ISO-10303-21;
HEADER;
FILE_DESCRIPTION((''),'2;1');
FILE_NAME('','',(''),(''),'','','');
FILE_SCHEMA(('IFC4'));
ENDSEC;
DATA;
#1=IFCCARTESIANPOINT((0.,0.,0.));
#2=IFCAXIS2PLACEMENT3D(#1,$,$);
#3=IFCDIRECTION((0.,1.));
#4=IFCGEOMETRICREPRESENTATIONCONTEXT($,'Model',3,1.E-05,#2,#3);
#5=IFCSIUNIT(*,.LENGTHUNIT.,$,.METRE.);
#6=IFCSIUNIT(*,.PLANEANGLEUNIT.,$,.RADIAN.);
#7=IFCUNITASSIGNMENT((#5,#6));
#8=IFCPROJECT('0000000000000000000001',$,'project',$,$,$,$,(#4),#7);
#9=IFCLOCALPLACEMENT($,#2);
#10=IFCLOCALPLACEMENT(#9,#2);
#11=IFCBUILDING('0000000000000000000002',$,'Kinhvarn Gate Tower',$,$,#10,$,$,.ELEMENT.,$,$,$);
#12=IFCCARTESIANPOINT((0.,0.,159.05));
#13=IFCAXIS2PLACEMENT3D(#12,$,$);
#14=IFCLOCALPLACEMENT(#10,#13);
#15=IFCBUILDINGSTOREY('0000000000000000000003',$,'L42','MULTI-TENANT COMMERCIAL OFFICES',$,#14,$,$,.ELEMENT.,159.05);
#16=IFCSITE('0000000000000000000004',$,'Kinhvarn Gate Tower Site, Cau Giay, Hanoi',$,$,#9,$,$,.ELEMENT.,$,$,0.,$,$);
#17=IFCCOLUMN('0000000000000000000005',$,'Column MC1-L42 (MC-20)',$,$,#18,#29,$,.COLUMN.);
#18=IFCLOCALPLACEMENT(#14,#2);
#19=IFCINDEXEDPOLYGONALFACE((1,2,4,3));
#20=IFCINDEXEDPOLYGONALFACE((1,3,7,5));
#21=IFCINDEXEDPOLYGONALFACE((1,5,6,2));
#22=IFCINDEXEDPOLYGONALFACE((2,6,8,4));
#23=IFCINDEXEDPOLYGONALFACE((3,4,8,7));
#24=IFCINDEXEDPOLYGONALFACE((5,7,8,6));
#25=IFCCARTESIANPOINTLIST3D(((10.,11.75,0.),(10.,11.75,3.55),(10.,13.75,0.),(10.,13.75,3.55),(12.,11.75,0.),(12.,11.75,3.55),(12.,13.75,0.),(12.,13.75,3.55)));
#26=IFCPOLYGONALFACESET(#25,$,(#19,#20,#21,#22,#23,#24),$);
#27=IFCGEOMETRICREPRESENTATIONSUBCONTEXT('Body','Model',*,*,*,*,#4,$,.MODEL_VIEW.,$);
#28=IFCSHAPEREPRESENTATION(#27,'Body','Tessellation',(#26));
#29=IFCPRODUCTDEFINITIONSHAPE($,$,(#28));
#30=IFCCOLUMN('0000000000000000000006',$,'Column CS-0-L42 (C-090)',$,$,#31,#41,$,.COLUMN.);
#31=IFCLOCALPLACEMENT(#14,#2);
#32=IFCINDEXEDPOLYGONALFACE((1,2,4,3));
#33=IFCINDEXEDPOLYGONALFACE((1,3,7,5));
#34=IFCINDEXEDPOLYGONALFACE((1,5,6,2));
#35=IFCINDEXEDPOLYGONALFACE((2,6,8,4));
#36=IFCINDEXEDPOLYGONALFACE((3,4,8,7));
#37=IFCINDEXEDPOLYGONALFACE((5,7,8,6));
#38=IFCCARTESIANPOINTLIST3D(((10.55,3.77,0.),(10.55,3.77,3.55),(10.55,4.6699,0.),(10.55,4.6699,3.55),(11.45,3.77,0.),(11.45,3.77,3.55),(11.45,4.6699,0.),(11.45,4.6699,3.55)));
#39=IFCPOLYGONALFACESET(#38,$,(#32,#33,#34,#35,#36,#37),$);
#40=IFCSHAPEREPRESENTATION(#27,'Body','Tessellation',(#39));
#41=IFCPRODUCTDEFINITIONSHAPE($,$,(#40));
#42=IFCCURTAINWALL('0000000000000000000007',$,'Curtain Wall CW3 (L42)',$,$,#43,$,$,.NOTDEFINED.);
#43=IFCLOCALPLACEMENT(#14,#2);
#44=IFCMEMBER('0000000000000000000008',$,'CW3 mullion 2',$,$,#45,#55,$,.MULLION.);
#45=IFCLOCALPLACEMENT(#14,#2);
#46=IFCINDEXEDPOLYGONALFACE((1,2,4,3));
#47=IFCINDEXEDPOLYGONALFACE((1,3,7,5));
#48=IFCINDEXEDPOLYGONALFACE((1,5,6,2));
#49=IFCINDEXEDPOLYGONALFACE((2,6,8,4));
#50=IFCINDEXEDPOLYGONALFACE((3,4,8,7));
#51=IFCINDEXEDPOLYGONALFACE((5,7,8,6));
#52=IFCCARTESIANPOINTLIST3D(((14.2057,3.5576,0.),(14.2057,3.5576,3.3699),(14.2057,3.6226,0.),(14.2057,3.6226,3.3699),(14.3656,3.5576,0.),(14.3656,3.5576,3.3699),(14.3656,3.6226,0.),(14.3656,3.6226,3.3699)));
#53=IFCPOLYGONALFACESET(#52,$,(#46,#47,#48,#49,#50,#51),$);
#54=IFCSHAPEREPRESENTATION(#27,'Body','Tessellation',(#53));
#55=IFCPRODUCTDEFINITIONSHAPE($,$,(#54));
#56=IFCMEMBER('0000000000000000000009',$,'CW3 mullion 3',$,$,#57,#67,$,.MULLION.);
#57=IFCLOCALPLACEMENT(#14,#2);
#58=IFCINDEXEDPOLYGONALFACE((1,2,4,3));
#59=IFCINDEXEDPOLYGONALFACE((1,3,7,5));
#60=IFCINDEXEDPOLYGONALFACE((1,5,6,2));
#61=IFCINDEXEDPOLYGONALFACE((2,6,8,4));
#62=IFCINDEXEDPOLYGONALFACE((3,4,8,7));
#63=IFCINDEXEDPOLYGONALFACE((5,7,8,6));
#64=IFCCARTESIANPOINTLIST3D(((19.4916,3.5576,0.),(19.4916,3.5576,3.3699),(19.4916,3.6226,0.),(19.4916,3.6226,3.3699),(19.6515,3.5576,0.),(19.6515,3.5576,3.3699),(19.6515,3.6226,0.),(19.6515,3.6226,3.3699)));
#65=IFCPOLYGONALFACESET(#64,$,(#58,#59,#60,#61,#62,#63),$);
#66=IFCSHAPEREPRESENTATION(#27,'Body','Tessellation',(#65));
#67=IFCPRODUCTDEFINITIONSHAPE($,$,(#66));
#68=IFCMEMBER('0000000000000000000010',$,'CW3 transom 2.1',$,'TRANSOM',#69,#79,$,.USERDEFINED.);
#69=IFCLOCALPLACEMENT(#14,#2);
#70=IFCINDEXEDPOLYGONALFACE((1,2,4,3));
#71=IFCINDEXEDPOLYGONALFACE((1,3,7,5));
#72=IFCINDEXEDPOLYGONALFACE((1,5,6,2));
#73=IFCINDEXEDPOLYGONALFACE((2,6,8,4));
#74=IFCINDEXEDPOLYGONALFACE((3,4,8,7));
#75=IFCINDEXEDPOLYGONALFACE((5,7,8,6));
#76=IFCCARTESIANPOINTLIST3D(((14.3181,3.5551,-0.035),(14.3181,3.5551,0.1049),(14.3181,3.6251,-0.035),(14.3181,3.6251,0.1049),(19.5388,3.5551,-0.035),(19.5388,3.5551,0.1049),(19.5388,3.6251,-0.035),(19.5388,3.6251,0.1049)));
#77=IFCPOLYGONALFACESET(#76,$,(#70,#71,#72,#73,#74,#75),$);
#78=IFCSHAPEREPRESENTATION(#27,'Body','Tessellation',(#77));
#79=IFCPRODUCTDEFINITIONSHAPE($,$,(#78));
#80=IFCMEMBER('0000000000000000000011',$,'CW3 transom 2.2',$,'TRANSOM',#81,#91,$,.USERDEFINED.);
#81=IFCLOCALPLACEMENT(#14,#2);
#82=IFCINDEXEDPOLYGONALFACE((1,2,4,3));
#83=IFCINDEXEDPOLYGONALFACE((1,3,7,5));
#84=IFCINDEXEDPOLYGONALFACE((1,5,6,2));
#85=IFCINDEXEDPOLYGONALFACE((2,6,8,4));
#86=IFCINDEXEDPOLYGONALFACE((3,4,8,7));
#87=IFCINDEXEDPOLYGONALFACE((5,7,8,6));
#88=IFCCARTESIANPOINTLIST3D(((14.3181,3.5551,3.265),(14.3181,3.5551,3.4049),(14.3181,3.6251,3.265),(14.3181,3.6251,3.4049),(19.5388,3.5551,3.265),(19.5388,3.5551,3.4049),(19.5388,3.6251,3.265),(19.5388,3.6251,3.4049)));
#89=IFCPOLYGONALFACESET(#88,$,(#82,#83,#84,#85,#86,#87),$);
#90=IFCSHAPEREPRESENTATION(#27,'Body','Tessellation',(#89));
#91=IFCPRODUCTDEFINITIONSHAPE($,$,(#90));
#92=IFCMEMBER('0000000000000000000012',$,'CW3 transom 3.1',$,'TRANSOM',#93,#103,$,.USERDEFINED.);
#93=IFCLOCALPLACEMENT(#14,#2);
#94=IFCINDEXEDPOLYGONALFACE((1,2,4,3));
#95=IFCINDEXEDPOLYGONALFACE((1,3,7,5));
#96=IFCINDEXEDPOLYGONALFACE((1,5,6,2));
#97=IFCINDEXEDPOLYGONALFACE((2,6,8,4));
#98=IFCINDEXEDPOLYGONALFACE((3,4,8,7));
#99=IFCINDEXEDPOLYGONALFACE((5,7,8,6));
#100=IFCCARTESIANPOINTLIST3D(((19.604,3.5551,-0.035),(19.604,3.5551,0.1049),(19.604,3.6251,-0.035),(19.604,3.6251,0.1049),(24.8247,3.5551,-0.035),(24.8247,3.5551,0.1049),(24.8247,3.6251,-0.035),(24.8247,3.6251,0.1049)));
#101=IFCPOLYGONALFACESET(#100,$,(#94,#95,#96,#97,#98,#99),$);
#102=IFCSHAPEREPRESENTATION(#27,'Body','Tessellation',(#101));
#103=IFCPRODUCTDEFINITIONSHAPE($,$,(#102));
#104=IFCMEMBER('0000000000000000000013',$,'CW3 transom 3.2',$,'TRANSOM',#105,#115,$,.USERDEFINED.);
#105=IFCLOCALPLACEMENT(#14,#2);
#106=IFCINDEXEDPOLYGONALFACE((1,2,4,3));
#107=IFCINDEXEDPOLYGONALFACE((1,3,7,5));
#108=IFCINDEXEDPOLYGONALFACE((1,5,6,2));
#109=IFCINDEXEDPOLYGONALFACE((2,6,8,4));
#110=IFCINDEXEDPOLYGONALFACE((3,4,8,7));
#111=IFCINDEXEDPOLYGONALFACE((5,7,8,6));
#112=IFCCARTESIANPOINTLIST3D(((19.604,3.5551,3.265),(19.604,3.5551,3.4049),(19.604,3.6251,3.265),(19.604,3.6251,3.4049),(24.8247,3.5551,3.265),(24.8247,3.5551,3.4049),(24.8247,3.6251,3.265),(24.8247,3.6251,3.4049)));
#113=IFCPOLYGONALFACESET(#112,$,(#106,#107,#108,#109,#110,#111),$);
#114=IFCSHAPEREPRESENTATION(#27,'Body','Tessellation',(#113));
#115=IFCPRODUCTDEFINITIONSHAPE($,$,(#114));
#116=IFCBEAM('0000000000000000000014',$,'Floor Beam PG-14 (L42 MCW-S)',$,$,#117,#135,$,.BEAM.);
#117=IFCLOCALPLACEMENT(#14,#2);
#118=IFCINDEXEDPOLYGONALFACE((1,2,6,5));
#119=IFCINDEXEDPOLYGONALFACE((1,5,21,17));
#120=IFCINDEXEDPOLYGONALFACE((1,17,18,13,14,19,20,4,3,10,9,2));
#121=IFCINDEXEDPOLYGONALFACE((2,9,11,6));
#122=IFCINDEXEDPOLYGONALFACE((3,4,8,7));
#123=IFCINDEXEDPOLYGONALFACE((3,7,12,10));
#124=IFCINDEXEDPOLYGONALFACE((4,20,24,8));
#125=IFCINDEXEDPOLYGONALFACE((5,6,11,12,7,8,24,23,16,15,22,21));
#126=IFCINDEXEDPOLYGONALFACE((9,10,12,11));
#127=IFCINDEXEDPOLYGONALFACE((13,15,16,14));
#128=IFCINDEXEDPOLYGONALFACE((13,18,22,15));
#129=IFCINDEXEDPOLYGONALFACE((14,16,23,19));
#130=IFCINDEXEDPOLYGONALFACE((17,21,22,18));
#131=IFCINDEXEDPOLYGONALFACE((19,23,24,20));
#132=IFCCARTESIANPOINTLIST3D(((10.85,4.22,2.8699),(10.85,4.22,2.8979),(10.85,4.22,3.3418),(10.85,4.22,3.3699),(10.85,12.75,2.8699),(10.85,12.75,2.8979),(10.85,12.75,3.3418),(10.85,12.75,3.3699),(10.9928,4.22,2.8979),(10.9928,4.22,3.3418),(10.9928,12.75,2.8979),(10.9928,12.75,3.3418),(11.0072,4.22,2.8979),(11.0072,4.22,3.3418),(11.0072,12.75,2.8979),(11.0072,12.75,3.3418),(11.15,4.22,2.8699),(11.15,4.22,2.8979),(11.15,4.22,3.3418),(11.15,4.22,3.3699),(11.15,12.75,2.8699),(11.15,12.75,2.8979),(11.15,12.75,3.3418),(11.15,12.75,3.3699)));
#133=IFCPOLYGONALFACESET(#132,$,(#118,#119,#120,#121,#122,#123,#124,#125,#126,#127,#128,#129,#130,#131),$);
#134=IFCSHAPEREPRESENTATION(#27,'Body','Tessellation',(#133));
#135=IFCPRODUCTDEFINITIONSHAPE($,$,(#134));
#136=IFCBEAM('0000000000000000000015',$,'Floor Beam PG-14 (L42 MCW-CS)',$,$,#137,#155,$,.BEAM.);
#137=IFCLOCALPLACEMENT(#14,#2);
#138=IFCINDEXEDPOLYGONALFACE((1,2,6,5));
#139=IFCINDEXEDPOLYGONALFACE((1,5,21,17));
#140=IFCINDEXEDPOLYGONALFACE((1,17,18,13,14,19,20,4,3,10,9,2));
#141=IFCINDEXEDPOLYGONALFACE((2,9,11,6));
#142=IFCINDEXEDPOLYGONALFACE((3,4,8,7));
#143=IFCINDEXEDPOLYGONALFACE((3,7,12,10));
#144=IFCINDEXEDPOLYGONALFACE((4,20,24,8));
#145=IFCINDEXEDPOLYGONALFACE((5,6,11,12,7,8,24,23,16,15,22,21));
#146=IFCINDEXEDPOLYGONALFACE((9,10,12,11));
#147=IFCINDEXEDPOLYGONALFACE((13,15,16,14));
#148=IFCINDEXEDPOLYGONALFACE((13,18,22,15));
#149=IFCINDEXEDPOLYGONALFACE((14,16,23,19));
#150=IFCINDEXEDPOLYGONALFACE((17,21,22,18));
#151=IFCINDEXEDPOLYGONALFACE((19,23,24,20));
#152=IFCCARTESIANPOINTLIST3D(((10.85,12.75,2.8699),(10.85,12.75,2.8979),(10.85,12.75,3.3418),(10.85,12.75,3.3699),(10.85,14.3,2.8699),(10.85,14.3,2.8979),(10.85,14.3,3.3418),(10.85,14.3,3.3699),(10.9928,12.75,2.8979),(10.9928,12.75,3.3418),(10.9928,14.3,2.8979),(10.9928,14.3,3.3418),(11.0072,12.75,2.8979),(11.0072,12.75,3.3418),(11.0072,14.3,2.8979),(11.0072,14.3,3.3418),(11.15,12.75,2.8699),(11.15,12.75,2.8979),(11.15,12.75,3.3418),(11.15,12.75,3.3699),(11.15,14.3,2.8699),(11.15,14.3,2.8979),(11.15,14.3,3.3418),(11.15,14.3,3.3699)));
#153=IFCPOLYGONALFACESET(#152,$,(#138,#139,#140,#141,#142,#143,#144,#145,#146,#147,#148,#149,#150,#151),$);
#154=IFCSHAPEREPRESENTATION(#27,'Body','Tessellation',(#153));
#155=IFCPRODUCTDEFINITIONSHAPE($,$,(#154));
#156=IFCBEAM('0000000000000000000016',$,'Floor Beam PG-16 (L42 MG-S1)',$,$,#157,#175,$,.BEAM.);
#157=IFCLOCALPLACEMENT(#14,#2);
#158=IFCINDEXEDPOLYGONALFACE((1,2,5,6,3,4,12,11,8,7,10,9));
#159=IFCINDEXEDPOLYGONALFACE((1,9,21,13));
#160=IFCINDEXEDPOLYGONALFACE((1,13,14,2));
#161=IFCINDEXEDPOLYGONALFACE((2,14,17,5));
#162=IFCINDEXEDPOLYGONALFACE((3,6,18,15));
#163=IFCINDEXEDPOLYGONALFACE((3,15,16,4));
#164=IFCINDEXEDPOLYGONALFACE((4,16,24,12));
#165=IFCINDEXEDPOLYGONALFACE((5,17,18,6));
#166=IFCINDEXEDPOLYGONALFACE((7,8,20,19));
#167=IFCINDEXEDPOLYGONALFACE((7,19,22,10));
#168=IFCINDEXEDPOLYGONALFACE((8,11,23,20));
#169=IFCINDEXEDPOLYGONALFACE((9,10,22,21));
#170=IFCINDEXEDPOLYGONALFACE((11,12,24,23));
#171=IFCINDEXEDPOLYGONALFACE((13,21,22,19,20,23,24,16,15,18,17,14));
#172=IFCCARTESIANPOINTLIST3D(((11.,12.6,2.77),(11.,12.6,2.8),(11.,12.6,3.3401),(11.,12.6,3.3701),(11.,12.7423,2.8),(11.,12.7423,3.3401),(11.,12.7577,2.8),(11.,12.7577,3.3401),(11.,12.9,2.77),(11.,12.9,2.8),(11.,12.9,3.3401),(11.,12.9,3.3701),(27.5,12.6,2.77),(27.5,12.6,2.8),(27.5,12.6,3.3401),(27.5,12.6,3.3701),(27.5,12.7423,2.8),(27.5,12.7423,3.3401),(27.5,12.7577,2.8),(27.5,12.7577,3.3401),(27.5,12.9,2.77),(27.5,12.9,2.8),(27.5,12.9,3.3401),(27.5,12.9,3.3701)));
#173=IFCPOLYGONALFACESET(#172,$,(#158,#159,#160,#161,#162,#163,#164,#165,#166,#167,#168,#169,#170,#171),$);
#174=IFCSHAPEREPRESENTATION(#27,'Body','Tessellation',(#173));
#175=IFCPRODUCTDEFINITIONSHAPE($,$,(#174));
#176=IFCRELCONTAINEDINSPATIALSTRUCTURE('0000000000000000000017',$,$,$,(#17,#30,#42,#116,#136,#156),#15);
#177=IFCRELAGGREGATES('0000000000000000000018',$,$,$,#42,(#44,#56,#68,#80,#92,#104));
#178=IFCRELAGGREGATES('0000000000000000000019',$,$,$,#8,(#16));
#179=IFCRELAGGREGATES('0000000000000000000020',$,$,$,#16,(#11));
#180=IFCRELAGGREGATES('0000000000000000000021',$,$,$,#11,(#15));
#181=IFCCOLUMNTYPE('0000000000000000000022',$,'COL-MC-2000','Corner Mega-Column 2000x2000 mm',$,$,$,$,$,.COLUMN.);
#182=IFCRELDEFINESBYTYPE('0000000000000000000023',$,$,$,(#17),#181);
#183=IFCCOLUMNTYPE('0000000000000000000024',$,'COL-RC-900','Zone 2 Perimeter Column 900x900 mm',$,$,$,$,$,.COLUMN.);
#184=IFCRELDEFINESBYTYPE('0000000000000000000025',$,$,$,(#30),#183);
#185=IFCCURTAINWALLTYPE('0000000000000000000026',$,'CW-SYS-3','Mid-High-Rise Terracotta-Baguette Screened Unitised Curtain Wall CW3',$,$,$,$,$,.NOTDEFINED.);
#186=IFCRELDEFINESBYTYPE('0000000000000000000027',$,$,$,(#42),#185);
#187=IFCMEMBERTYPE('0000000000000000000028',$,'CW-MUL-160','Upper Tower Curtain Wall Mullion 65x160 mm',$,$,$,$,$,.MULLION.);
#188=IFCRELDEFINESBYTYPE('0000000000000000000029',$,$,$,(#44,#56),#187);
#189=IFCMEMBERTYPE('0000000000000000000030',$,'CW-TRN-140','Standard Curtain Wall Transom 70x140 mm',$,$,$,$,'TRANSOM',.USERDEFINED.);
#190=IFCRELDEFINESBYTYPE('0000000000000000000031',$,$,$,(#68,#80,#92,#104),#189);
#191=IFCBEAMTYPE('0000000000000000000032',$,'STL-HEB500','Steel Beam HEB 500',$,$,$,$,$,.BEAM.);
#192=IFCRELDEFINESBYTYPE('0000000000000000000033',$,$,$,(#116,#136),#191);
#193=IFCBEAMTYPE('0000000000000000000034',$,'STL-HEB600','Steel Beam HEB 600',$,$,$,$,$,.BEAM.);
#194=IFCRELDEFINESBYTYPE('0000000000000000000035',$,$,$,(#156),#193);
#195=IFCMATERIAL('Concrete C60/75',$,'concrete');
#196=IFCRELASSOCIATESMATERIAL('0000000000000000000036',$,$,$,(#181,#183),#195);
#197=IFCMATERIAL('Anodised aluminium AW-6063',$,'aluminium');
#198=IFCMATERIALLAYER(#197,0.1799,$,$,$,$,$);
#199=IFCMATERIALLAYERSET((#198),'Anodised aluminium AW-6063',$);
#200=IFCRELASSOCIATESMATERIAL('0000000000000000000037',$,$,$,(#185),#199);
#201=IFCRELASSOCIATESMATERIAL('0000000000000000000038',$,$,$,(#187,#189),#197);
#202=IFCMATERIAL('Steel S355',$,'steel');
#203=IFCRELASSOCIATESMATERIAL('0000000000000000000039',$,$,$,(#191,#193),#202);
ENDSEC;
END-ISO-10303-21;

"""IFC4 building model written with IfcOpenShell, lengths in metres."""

from ifc_helpers import new_model, si_unit, direction, frame, origin, origin_2d, place, context, subcontext, project, spatial, rectangle, i_section, extrude, material, layer, layer_set, material_profile, profile_set, type_object, element, aggregate, save


model = new_model("IFC4")

# Units and contexts
model_context = context("Model", 3, precision=1e-05, world=origin(), true_north=direction((0.0, 1.0)))
body_context = subcontext(model_context, "Body", "Model", "MODEL_VIEW")
ifc_project = project(units=[si_unit("LENGTHUNIT", "METRE"), si_unit("PLANEANGLEUNIT", "RADIAN")], contexts=[model_context])

# Site, building, storey
site_placement = place(None, origin())
site = spatial("IfcSite", under=ifc_project, at=site_placement, Name="Kinhvarn Gate Tower Site, Cau Giay, Hanoi", CompositionType="ELEMENT", RefElevation=0.0)
building_placement = place(site_placement, origin())
building = spatial("IfcBuilding", under=site, at=building_placement, Name="Kinhvarn Gate Tower", CompositionType="ELEMENT")
storey_placement = place(building_placement, frame((0.0, 0.0, 159.05)))
storey = spatial("IfcBuildingStorey", under=building, at=storey_placement, Name="L42", Description="MULTI-TENANT COMMERCIAL OFFICES", CompositionType="ELEMENT", Elevation=159.05)

# Columns
ifc_material_1 = material(Name="Concrete C60/75", Category="concrete")
ifc_material_profile_1 = material_profile(ifc_material_1, rectangle(XDim=2.0, YDim=2.0, at=origin_2d()), Name="RC 2000x2000")
ifc_profile_set_1 = profile_set([ifc_material_profile_1], Name="Concrete C60/75")
column_type_1 = type_object("IfcColumnType", Name="COL-MC-2000", Description="Corner Mega-Column 2000x2000 mm", PredefinedType="COLUMN", material=ifc_profile_set_1)
column_1_placement = place(storey_placement, frame((11.0, 12.75, 0.0), z_axis=(0.0, 0.0, 1.0), x_axis=(1.0, 0.0, 0.0)))
element("IfcColumn", 1, at=column_1_placement, inside=storey, type_object=column_type_1, Name="Column MC1-L42 (MC-20)", PredefinedType="COLUMN", context=body_context, shape_type="SweptSolid", body=[
    extrude(rectangle(XDim=2.0, YDim=2.0, at=origin_2d()), origin(), (0.0, 0.0, 1.0), 3.55),
])
ifc_material_profile_2 = material_profile(ifc_material_1, rectangle(XDim=0.8999, YDim=0.8999, at=origin_2d()), Name="RC 900x900")
ifc_profile_set_2 = profile_set([ifc_material_profile_2], Name="Concrete C60/75")
column_type_2 = type_object("IfcColumnType", Name="COL-RC-900", Description="Zone 2 Perimeter Column 900x900 mm", PredefinedType="COLUMN", material=ifc_profile_set_2)
column_2_placement = place(storey_placement, frame((11.0, 4.22, 0.0), z_axis=(0.0, 0.0, 1.0), x_axis=(1.0, 0.0, 0.0)))
element("IfcColumn", 2, at=column_2_placement, inside=storey, type_object=column_type_2, Name="Column CS-0-L42 (C-090)", PredefinedType="COLUMN", context=body_context, shape_type="SweptSolid", body=[
    extrude(rectangle(XDim=0.8999, YDim=0.8999, at=origin_2d()), origin(), (0.0, 0.0, 1.0), 3.55),
])

# Curtain wall, members
ifc_material_2 = material(Name="Anodised aluminium AW-6063", Category="aluminium")
ifc_layer_1 = layer(ifc_material_2, 0.1799)
ifc_layer_set_1 = layer_set([ifc_layer_1], Name="Anodised aluminium AW-6063")
curtain_wall_type = type_object("IfcCurtainWallType", Name="CW-SYS-3", Description="Mid-High-Rise Terracotta-Baguette Screened Unitised Curtain Wall CW3", PredefinedType="NOTDEFINED", material=ifc_layer_set_1)
curtain_wall_placement = place(storey_placement, origin())
curtain_wall = element("IfcCurtainWall", 3, at=curtain_wall_placement, inside=storey, type_object=curtain_wall_type, Name="Curtain Wall CW3 (L42)", PredefinedType="NOTDEFINED")
ifc_material_profile_3 = material_profile(ifc_material_2, rectangle(XDim=0.0649, YDim=0.1599, at=origin_2d()), Name="ALU 65x160")
ifc_profile_set_3 = profile_set([ifc_material_profile_3], Name="Anodised aluminium AW-6063")
member_type_1 = type_object("IfcMemberType", Name="CW-MUL-160", Description="Upper Tower Curtain Wall Mullion 65x160 mm", PredefinedType="MULLION", material=ifc_profile_set_3)
member_1_placement = place(storey_placement, frame((14.2856, 3.5901, 0.0), z_axis=(0.0, 0.0, 1.0), x_axis=(0.0, 1.0, 0.0)))
member_1 = element("IfcMember", 4, at=member_1_placement, type_object=member_type_1, Name="CW3 mullion 2", PredefinedType="MULLION", context=body_context, shape_type="SweptSolid", body=[
    extrude(rectangle(XDim=0.0649, YDim=0.1599, at=origin_2d()), origin(), (0.0, 0.0, 1.0), 3.3699),
])
member_2_placement = place(storey_placement, frame((19.5715, 3.5901, 0.0), z_axis=(0.0, 0.0, 1.0), x_axis=(0.0, 1.0, 0.0)))
member_2 = element("IfcMember", 5, at=member_2_placement, type_object=member_type_1, Name="CW3 mullion 3", PredefinedType="MULLION", context=body_context, shape_type="SweptSolid", body=[
    extrude(rectangle(XDim=0.0649, YDim=0.1599, at=origin_2d()), origin(), (0.0, 0.0, 1.0), 3.3699),
])
ifc_material_profile_4 = material_profile(ifc_material_2, rectangle(XDim=0.0701, YDim=0.1399, at=origin_2d()), Name="ALU 70x140")
ifc_profile_set_4 = profile_set([ifc_material_profile_4], Name="Anodised aluminium AW-6063")
member_type_2 = type_object("IfcMemberType", Name="CW-TRN-140", Description="Standard Curtain Wall Transom 70x140 mm", ElementType="TRANSOM", PredefinedType="USERDEFINED", material=ifc_profile_set_4)
member_3_placement = place(storey_placement, frame((14.3181, 3.5901, 0.0349), z_axis=(1.0, 0.0, 0.0), x_axis=(0.0, 1.0, 0.0)))
member_3 = element("IfcMember", 6, at=member_3_placement, type_object=member_type_2, Name="CW3 transom 2.1", ObjectType="TRANSOM", PredefinedType="USERDEFINED", context=body_context, shape_type="SweptSolid", body=[
    extrude(rectangle(XDim=0.0701, YDim=0.1399, at=origin_2d()), origin(), (0.0, 0.0, 1.0), 5.2207),
])
member_4_placement = place(storey_placement, frame((14.3181, 3.5901, 3.335), z_axis=(1.0, 0.0, 0.0), x_axis=(0.0, 1.0, 0.0)))
member_4 = element("IfcMember", 7, at=member_4_placement, type_object=member_type_2, Name="CW3 transom 2.2", ObjectType="TRANSOM", PredefinedType="USERDEFINED", context=body_context, shape_type="SweptSolid", body=[
    extrude(rectangle(XDim=0.0701, YDim=0.1399, at=origin_2d()), origin(), (0.0, 0.0, 1.0), 5.2207),
])
member_5_placement = place(storey_placement, frame((19.604, 3.5901, 0.0349), z_axis=(1.0, 0.0, 0.0), x_axis=(0.0, 1.0, 0.0)))
member_5 = element("IfcMember", 8, at=member_5_placement, type_object=member_type_2, Name="CW3 transom 3.1", ObjectType="TRANSOM", PredefinedType="USERDEFINED", context=body_context, shape_type="SweptSolid", body=[
    extrude(rectangle(XDim=0.0701, YDim=0.1399, at=origin_2d()), origin(), (0.0, 0.0, 1.0), 5.2207),
])
member_6_placement = place(storey_placement, frame((19.604, 3.5901, 3.335), z_axis=(1.0, 0.0, 0.0), x_axis=(0.0, 1.0, 0.0)))
member_6 = element("IfcMember", 9, at=member_6_placement, type_object=member_type_2, Name="CW3 transom 3.2", ObjectType="TRANSOM", PredefinedType="USERDEFINED", context=body_context, shape_type="SweptSolid", body=[
    extrude(rectangle(XDim=0.0701, YDim=0.1399, at=origin_2d()), origin(), (0.0, 0.0, 1.0), 5.2207),
])

# Beams
ifc_material_3 = material(Name="Steel S355", Category="steel")
ifc_material_profile_5 = material_profile(ifc_material_3, i_section(OverallWidth=0.3, OverallDepth=0.5, WebThickness=0.0144, FlangeThickness=0.0281, at=origin_2d()), Name="HEB 500")
ifc_profile_set_5 = profile_set([ifc_material_profile_5], Name="Steel S355")
beam_type_1 = type_object("IfcBeamType", Name="STL-HEB500", Description="Steel Beam HEB 500", PredefinedType="BEAM", material=ifc_profile_set_5)
beam_1_placement = place(storey_placement, frame((11.0, 4.22, 3.1199), z_axis=(0.0, 1.0, 0.0), x_axis=(-1.0, 0.0, 0.0)))
element("IfcBeam", 10, at=beam_1_placement, inside=storey, type_object=beam_type_1, Name="Floor Beam PG-14 (L42 MCW-S)", PredefinedType="BEAM", context=body_context, shape_type="SweptSolid", body=[
    extrude(i_section(OverallWidth=0.3, OverallDepth=0.5, WebThickness=0.0144, FlangeThickness=0.0281, at=origin_2d()), origin(), (0.0, 0.0, 1.0), 8.53),
])
beam_2_placement = place(storey_placement, frame((11.0, 12.75, 3.1199), z_axis=(0.0, 1.0, 0.0), x_axis=(-1.0, 0.0, 0.0)))
element("IfcBeam", 11, at=beam_2_placement, inside=storey, type_object=beam_type_1, Name="Floor Beam PG-14 (L42 MCW-CS)", PredefinedType="BEAM", context=body_context, shape_type="SweptSolid", body=[
    extrude(i_section(OverallWidth=0.3, OverallDepth=0.5, WebThickness=0.0144, FlangeThickness=0.0281, at=origin_2d()), origin(), (0.0, 0.0, 1.0), 1.55),
])
ifc_material_profile_6 = material_profile(ifc_material_3, i_section(OverallWidth=0.3, OverallDepth=0.6001, WebThickness=0.0154, FlangeThickness=0.03, at=origin_2d()), Name="HEB 600")
ifc_profile_set_6 = profile_set([ifc_material_profile_6], Name="Steel S355")
beam_type_2 = type_object("IfcBeamType", Name="STL-HEB600", Description="Steel Beam HEB 600", PredefinedType="BEAM", material=ifc_profile_set_6)
beam_3_placement = place(storey_placement, frame((11.0, 12.75, 3.0701), z_axis=(1.0, 0.0, 0.0), x_axis=(0.0, 1.0, 0.0)))
element("IfcBeam", 12, at=beam_3_placement, inside=storey, type_object=beam_type_2, Name="Floor Beam PG-16 (L42 MG-S1)", PredefinedType="BEAM", context=body_context, shape_type="SweptSolid", body=[
    extrude(i_section(OverallWidth=0.3, OverallDepth=0.6001, WebThickness=0.0154, FlangeThickness=0.03, at=origin_2d()), origin(), (0.0, 0.0, 1.0), 16.5),
])

aggregate(curtain_wall, [member_1, member_2, member_3, member_4, member_5, member_6])

save(model, "model.ifc")
